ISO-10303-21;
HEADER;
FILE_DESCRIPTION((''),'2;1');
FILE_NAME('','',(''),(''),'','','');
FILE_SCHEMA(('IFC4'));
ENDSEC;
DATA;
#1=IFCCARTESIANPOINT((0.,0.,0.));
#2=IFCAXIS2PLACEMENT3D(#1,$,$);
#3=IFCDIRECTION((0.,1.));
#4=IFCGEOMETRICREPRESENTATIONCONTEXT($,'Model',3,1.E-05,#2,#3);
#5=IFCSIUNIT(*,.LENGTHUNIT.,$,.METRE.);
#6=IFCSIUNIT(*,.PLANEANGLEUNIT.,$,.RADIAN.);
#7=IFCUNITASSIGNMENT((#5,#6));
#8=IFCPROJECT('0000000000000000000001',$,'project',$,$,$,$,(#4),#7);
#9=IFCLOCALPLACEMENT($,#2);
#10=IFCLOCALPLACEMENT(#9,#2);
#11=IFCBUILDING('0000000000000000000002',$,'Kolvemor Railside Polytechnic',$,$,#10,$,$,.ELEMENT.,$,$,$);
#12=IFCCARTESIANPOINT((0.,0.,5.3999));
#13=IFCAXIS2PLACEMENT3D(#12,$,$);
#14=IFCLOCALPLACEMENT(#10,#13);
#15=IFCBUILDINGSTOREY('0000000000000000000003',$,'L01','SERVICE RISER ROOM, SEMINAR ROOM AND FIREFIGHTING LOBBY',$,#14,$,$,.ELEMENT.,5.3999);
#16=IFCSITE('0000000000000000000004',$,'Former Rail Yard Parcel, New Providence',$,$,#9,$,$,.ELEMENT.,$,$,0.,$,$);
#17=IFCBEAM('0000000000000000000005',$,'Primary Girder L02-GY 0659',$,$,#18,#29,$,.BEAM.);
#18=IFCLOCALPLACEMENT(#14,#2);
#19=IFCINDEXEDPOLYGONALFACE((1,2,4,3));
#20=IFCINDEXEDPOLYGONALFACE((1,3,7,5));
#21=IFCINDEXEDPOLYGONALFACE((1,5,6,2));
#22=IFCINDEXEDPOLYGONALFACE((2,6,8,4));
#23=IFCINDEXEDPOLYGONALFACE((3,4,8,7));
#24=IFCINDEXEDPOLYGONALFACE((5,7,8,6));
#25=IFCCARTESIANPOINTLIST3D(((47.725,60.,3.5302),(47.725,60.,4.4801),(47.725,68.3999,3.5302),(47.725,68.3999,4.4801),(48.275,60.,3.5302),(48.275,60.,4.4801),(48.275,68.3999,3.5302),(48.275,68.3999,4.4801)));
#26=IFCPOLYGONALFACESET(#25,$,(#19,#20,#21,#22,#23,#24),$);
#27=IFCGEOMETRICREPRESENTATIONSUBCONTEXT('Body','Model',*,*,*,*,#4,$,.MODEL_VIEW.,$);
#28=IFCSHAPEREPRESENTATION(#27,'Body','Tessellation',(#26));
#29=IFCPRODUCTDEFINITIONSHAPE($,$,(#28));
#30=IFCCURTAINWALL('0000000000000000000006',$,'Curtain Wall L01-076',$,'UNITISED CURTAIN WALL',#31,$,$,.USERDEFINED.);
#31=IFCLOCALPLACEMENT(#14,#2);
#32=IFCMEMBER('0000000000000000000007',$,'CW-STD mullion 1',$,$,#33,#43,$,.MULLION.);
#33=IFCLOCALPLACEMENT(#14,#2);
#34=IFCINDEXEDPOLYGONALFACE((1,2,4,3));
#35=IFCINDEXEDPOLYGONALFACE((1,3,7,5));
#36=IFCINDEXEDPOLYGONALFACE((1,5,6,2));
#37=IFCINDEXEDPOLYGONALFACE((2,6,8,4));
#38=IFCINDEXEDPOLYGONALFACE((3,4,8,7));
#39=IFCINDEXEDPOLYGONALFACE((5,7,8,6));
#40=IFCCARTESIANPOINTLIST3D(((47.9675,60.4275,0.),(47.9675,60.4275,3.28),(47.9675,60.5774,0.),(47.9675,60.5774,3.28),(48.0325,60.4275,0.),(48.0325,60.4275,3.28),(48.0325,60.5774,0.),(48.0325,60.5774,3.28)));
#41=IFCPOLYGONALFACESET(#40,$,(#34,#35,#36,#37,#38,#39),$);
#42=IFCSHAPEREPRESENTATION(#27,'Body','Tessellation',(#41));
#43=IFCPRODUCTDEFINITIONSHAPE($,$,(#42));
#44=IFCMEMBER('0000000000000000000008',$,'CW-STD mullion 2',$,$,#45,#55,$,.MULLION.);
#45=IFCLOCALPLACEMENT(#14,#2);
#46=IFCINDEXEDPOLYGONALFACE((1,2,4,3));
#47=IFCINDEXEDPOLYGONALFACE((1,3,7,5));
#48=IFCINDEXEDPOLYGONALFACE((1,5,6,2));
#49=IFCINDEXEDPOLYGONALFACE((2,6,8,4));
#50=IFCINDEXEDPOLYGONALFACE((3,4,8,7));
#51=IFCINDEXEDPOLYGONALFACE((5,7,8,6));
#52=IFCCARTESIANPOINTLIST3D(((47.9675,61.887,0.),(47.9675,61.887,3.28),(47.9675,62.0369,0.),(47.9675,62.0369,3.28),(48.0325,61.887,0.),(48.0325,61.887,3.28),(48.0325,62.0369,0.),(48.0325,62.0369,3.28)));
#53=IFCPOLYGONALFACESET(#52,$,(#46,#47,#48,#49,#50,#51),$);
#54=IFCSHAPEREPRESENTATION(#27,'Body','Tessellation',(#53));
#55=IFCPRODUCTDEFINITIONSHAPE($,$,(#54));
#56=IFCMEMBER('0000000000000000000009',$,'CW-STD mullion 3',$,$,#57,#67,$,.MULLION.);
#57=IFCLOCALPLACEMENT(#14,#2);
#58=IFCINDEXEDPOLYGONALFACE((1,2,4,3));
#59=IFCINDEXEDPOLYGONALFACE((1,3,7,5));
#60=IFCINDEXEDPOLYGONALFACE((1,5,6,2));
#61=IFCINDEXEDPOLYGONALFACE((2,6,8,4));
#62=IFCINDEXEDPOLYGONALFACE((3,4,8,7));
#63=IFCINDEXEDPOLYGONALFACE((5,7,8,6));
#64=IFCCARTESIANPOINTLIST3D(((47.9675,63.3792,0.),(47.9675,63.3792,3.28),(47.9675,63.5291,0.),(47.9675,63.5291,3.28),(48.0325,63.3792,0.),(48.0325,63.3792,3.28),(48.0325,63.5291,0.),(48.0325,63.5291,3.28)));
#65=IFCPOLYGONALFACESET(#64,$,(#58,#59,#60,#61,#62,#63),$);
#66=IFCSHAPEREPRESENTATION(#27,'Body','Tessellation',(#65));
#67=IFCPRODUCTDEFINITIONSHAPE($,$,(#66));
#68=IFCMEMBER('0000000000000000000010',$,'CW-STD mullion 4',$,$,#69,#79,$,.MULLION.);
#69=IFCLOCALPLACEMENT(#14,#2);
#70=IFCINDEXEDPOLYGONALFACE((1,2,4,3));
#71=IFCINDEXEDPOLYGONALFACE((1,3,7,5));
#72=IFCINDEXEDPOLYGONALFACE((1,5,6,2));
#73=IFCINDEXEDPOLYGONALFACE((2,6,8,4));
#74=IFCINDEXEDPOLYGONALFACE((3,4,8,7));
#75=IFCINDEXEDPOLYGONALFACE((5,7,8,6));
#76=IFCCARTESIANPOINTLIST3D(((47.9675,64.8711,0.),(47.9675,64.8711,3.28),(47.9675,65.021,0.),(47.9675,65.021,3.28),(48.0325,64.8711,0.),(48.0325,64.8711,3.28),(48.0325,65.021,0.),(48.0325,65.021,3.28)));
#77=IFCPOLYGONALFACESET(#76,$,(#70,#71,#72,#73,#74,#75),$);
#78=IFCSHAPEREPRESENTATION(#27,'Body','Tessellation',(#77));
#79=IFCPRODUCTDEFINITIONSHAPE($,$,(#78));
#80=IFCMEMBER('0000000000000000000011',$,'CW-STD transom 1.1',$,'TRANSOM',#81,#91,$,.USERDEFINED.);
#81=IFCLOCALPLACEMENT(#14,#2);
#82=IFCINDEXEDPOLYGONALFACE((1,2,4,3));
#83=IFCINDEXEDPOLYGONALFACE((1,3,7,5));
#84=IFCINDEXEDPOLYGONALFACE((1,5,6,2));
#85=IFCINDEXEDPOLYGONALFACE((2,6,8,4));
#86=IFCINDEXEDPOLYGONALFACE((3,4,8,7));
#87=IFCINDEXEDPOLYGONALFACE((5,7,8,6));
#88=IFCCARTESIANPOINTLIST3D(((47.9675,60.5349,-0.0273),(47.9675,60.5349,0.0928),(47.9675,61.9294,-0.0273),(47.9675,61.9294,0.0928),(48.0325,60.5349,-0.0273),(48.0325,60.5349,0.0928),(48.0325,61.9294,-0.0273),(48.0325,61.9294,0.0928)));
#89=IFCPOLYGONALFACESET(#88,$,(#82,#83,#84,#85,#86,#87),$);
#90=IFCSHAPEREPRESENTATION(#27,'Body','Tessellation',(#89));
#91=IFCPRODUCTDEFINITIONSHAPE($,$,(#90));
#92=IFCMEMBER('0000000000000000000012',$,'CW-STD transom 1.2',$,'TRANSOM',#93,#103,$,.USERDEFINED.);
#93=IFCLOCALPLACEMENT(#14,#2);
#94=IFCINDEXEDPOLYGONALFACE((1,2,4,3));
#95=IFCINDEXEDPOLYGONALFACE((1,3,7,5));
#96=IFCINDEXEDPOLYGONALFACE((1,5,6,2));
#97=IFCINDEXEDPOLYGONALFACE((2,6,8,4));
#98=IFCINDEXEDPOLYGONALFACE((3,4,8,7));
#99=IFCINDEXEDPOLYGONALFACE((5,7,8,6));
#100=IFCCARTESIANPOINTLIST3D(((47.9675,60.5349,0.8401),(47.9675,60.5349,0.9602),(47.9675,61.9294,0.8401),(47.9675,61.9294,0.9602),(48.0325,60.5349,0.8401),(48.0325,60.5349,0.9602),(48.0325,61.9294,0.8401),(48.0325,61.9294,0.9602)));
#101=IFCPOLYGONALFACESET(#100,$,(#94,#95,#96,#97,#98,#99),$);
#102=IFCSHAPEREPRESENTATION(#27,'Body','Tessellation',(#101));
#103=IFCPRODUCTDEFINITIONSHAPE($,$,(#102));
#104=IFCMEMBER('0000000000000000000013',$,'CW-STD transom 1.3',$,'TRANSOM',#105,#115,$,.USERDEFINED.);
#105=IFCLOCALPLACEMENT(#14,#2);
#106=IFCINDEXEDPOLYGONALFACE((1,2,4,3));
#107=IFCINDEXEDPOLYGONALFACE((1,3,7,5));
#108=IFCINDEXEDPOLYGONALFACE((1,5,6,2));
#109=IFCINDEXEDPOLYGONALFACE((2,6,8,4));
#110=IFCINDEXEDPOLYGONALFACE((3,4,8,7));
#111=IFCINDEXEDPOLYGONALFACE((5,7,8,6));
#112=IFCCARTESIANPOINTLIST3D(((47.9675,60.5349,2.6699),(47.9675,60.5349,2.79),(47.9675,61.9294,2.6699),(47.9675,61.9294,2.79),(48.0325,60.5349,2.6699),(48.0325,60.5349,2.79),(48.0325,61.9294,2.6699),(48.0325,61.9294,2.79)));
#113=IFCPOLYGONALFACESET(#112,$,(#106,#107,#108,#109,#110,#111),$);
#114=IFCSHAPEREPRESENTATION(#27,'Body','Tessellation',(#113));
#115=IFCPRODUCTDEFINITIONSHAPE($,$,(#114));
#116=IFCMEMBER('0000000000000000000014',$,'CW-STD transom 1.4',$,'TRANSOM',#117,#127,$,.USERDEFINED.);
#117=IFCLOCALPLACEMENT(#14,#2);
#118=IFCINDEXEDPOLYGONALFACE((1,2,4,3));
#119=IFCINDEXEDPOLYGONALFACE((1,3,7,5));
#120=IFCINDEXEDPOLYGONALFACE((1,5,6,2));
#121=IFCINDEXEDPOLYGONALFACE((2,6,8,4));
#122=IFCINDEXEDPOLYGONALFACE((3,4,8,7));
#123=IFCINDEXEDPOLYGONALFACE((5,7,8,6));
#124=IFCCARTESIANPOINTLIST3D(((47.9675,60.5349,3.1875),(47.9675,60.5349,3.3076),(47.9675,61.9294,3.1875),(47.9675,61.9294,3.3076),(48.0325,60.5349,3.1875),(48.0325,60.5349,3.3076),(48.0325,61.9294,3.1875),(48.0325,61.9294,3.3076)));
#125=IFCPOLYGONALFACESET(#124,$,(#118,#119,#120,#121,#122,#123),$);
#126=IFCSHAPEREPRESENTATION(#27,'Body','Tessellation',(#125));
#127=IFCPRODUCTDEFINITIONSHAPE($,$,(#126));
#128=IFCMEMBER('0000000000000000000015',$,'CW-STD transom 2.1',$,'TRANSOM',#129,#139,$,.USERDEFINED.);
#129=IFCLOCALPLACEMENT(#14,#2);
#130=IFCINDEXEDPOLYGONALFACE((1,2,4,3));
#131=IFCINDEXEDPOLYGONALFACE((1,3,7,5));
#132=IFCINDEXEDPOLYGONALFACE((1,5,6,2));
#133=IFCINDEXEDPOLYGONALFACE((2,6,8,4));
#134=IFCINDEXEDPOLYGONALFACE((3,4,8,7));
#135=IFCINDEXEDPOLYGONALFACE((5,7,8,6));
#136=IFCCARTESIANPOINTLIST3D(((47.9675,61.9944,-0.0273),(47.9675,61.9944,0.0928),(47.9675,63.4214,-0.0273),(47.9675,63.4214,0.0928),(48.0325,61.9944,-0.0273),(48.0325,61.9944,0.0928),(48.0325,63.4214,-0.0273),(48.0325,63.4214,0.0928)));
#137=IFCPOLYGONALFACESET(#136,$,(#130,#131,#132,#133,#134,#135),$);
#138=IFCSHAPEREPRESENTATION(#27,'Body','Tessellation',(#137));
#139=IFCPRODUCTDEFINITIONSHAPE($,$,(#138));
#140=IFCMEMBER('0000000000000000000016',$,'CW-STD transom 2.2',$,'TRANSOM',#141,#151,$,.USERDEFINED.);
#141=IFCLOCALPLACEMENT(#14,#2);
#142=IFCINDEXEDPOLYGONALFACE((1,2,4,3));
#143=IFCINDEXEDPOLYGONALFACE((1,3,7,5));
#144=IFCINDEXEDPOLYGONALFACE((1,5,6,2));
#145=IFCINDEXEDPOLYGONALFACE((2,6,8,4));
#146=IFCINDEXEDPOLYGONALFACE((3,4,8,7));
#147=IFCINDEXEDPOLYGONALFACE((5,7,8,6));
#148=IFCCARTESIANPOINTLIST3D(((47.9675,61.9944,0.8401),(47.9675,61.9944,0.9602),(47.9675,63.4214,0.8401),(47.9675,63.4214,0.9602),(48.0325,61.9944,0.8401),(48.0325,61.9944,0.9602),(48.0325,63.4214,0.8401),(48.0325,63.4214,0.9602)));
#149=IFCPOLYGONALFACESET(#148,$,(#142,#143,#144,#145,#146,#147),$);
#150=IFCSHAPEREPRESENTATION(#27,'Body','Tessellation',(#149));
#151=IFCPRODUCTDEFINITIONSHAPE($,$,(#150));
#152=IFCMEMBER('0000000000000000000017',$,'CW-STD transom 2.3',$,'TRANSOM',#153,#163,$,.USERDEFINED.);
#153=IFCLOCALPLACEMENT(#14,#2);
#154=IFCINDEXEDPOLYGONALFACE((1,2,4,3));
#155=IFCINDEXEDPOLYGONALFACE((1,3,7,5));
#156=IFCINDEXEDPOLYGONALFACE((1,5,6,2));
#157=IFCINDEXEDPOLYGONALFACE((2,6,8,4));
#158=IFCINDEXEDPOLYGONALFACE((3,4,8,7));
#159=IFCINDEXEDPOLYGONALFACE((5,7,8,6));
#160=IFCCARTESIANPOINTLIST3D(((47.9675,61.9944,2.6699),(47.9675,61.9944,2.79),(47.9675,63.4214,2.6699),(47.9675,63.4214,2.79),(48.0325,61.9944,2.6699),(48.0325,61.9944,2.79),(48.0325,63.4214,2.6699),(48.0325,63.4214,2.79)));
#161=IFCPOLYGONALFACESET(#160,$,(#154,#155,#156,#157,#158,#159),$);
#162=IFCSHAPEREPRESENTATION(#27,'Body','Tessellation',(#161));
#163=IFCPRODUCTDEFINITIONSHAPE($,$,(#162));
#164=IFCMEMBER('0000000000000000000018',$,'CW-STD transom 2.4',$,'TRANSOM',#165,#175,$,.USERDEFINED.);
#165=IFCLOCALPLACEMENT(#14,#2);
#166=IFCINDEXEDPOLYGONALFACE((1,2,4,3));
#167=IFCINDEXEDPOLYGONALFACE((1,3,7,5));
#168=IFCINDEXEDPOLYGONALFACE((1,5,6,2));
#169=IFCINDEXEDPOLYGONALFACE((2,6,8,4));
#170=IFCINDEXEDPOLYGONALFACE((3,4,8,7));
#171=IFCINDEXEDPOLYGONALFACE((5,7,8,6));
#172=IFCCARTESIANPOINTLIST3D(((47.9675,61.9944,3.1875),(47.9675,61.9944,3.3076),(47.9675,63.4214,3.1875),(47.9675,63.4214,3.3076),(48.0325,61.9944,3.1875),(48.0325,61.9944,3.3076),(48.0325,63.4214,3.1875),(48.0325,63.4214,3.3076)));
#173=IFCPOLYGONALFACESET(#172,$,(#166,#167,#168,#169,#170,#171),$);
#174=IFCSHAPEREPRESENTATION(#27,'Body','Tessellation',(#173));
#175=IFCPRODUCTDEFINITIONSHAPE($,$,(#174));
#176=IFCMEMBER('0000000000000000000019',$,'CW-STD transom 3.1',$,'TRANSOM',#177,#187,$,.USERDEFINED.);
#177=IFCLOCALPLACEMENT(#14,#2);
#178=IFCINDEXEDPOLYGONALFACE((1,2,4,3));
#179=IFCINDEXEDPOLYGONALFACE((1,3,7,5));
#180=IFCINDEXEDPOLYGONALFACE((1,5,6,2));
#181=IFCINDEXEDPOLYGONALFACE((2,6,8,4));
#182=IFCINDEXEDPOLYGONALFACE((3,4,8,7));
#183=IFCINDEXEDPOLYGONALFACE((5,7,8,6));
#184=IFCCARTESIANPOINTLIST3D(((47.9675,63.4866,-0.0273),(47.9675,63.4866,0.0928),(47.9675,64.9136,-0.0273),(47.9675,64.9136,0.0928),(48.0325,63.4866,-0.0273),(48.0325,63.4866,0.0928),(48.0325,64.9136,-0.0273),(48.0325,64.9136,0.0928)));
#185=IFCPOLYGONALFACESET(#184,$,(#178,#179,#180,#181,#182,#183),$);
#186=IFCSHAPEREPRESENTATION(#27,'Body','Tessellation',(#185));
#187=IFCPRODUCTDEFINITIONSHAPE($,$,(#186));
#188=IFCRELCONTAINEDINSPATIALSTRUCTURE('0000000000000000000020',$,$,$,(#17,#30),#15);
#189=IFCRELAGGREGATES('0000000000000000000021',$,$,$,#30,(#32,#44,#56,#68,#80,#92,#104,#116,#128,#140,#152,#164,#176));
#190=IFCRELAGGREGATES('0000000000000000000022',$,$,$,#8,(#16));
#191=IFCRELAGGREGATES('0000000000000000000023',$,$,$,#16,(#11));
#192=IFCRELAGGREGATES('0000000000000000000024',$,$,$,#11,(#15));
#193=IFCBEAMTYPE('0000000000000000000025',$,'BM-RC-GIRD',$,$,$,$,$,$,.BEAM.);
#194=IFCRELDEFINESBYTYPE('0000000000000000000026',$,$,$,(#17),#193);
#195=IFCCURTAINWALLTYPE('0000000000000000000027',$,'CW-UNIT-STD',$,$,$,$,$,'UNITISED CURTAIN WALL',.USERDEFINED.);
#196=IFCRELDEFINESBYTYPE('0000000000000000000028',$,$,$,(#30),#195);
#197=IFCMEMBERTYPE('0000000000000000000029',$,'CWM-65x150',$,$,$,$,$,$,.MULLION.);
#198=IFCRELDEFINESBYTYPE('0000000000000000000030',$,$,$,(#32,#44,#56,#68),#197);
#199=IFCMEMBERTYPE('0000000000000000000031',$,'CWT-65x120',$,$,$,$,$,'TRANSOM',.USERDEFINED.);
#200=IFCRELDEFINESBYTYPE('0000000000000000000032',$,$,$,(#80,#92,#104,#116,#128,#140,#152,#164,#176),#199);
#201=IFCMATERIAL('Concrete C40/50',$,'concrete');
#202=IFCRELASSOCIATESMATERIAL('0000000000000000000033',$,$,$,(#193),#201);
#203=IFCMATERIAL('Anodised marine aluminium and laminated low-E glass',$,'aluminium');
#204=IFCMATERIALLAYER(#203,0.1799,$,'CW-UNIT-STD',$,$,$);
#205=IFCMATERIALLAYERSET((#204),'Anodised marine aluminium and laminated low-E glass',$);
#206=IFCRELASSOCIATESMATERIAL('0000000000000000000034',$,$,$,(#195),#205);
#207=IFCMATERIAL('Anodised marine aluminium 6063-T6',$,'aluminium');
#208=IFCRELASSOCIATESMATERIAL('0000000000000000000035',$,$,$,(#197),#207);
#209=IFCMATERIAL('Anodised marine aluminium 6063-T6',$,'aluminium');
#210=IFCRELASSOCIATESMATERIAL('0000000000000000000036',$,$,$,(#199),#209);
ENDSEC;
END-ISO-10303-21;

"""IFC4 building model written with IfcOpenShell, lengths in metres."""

from ifc_helpers import new_model, si_unit, direction, frame, origin, origin_2d, place, context, subcontext, project, spatial, rectangle, extrude, material, layer, layer_set, material_profile, profile_set, type_object, element, aggregate, save


model = new_model("IFC4")

# Units and contexts
model_context = context("Model", 3, precision=1e-05, world=origin(), true_north=direction((0.0, 1.0)))
body_context = subcontext(model_context, "Body", "Model", "MODEL_VIEW")
ifc_project = project(units=[si_unit("LENGTHUNIT", "METRE"), si_unit("PLANEANGLEUNIT", "RADIAN")], contexts=[model_context])

# Site, building, storey
site_placement = place(None, origin())
site = spatial("IfcSite", under=ifc_project, at=site_placement, Name="Former Rail Yard Parcel, New Providence", CompositionType="ELEMENT", RefElevation=0.0)
building_placement = place(site_placement, origin())
building = spatial("IfcBuilding", under=site, at=building_placement, Name="Kolvemor Railside Polytechnic", CompositionType="ELEMENT")
storey_placement = place(building_placement, frame((0.0, 0.0, 5.3999)))
storey = spatial("IfcBuildingStorey", under=building, at=storey_placement, Name="L01", Description="SERVICE RISER ROOM, SEMINAR ROOM AND FIREFIGHTING LOBBY", CompositionType="ELEMENT", Elevation=5.3999)

# Beam
ifc_material_1 = material(Name="Concrete C40/50", Category="concrete")
ifc_material_profile_1 = material_profile(ifc_material_1, rectangle(XDim=0.55, YDim=0.95, at=origin_2d()), Name="RC550x950")
ifc_profile_set_1 = profile_set([ifc_material_profile_1], Name="Concrete C40/50")
beam_type = type_object("IfcBeamType", Name="BM-RC-GIRD", PredefinedType="BEAM", material=ifc_profile_set_1)
beam_placement = place(storey_placement, frame((48.0, 60.0, 4.0051), z_axis=(0.0, 1.0, 0.0), x_axis=(-1.0, 0.0, 0.0)))
element("IfcBeam", 1, at=beam_placement, inside=storey, type_object=beam_type, Name="Primary Girder L02-GY 0659", PredefinedType="BEAM", context=body_context, shape_type="SweptSolid", body=[
    extrude(rectangle(XDim=0.55, YDim=0.95, at=origin_2d()), origin(), (0.0, 0.0, 1.0), 8.3999),
])

# Curtain wall, members
ifc_material_2 = material(Name="Anodised marine aluminium and laminated low-E glass", Category="aluminium")
ifc_layer_1 = layer(ifc_material_2, 0.1799, Name="CW-UNIT-STD")
ifc_layer_set_1 = layer_set([ifc_layer_1], Name="Anodised marine aluminium and laminated low-E glass")
curtain_wall_type = type_object("IfcCurtainWallType", Name="CW-UNIT-STD", ElementType="UNITISED CURTAIN WALL", PredefinedType="USERDEFINED", material=ifc_layer_set_1)
curtain_wall_placement = place(storey_placement, origin())
curtain_wall = element("IfcCurtainWall", 2, at=curtain_wall_placement, inside=storey, type_object=curtain_wall_type, Name="Curtain Wall L01-076", ObjectType="UNITISED CURTAIN WALL", PredefinedType="USERDEFINED")
ifc_material_3 = material(Name="Anodised marine aluminium 6063-T6", Category="aluminium")
ifc_material_profile_2 = material_profile(ifc_material_3, rectangle(XDim=0.0649, YDim=0.1499, at=origin_2d()), Name="CW-MUL-65x150")
ifc_profile_set_2 = profile_set([ifc_material_profile_2], Name="Anodised marine aluminium 6063-T6")
member_type_1 = type_object("IfcMemberType", Name="CWM-65x150", PredefinedType="MULLION", material=ifc_profile_set_2)
member_1_placement = place(storey_placement, frame((48.0, 60.5024, 0.0), z_axis=(0.0, 0.0, 1.0), x_axis=(-1.0, 0.0, 0.0)))
member_1 = element("IfcMember", 3, at=member_1_placement, type_object=member_type_1, Name="CW-STD mullion 1", PredefinedType="MULLION", context=body_context, shape_type="SweptSolid", body=[
    extrude(rectangle(XDim=0.0649, YDim=0.1499, at=origin_2d()), origin(), (0.0, 0.0, 1.0), 3.28),
])
member_2_placement = place(storey_placement, frame((48.0, 61.9619, 0.0), z_axis=(0.0, 0.0, 1.0), x_axis=(-1.0, 0.0, 0.0)))
member_2 = element("IfcMember", 4, at=member_2_placement, type_object=member_type_1, Name="CW-STD mullion 2", PredefinedType="MULLION", context=body_context, shape_type="SweptSolid", body=[
    extrude(rectangle(XDim=0.0649, YDim=0.1499, at=origin_2d()), origin(), (0.0, 0.0, 1.0), 3.28),
])
member_3_placement = place(storey_placement, frame((48.0, 63.4541, 0.0), z_axis=(0.0, 0.0, 1.0), x_axis=(-1.0, 0.0, 0.0)))
member_3 = element("IfcMember", 5, at=member_3_placement, type_object=member_type_1, Name="CW-STD mullion 3", PredefinedType="MULLION", context=body_context, shape_type="SweptSolid", body=[
    extrude(rectangle(XDim=0.0649, YDim=0.1499, at=origin_2d()), origin(), (0.0, 0.0, 1.0), 3.28),
])
member_4_placement = place(storey_placement, frame((48.0, 64.946, 0.0), z_axis=(0.0, 0.0, 1.0), x_axis=(-1.0, 0.0, 0.0)))
member_4 = element("IfcMember", 6, at=member_4_placement, type_object=member_type_1, Name="CW-STD mullion 4", PredefinedType="MULLION", context=body_context, shape_type="SweptSolid", body=[
    extrude(rectangle(XDim=0.0649, YDim=0.1499, at=origin_2d()), origin(), (0.0, 0.0, 1.0), 3.28),
])
ifc_material_4 = material(Name="Anodised marine aluminium 6063-T6", Category="aluminium")
ifc_material_profile_3 = material_profile(ifc_material_4, rectangle(XDim=0.0649, YDim=0.1201, at=origin_2d()), Name="CW-TRN-65x120")
ifc_profile_set_3 = profile_set([ifc_material_profile_3], Name="Anodised marine aluminium 6063-T6")
member_type_2 = type_object("IfcMemberType", Name="CWT-65x120", ElementType="TRANSOM", PredefinedType="USERDEFINED", material=ifc_profile_set_3)
member_5_placement = place(storey_placement, frame((48.0, 60.5349, 0.0327), z_axis=(0.0, 1.0, 0.0), x_axis=(-1.0, 0.0, 0.0)))
member_5 = element("IfcMember", 7, at=member_5_placement, type_object=member_type_2, Name="CW-STD transom 1.1", ObjectType="TRANSOM", PredefinedType="USERDEFINED", context=body_context, shape_type="SweptSolid", body=[
    extrude(rectangle(XDim=0.0649, YDim=0.1201, at=origin_2d()), origin(), (0.0, 0.0, 1.0), 1.3945),
])
member_6_placement = place(storey_placement, frame((48.0, 60.5349, 0.9001), z_axis=(0.0, 1.0, 0.0), x_axis=(-1.0, 0.0, 0.0)))
member_6 = element("IfcMember", 8, at=member_6_placement, type_object=member_type_2, Name="CW-STD transom 1.2", ObjectType="TRANSOM", PredefinedType="USERDEFINED", context=body_context, shape_type="SweptSolid", body=[
    extrude(rectangle(XDim=0.0649, YDim=0.1201, at=origin_2d()), origin(), (0.0, 0.0, 1.0), 1.3945),
])
member_7_placement = place(storey_placement, frame((48.0, 60.5349, 2.73), z_axis=(0.0, 1.0, 0.0), x_axis=(-1.0, 0.0, 0.0)))
member_7 = element("IfcMember", 9, at=member_7_placement, type_object=member_type_2, Name="CW-STD transom 1.3", ObjectType="TRANSOM", PredefinedType="USERDEFINED", context=body_context, shape_type="SweptSolid", body=[
    extrude(rectangle(XDim=0.0649, YDim=0.1201, at=origin_2d()), origin(), (0.0, 0.0, 1.0), 1.3945),
])
member_8_placement = place(storey_placement, frame((48.0, 60.5349, 3.2476), z_axis=(0.0, 1.0, 0.0), x_axis=(-1.0, 0.0, 0.0)))
member_8 = element("IfcMember", 10, at=member_8_placement, type_object=member_type_2, Name="CW-STD transom 1.4", ObjectType="TRANSOM", PredefinedType="USERDEFINED", context=body_context, shape_type="SweptSolid", body=[
    extrude(rectangle(XDim=0.0649, YDim=0.1201, at=origin_2d()), origin(), (0.0, 0.0, 1.0), 1.3945),
])
member_9_placement = place(storey_placement, frame((48.0, 61.9944, 0.0327), z_axis=(0.0, 1.0, 0.0), x_axis=(-1.0, 0.0, 0.0)))
member_9 = element("IfcMember", 11, at=member_9_placement, type_object=member_type_2, Name="CW-STD transom 2.1", ObjectType="TRANSOM", PredefinedType="USERDEFINED", context=body_context, shape_type="SweptSolid", body=[
    extrude(rectangle(XDim=0.0649, YDim=0.1201, at=origin_2d()), origin(), (0.0, 0.0, 1.0), 1.427),
])
member_10_placement = place(storey_placement, frame((48.0, 61.9944, 0.9001), z_axis=(0.0, 1.0, 0.0), x_axis=(-1.0, 0.0, 0.0)))
member_10 = element("IfcMember", 12, at=member_10_placement, type_object=member_type_2, Name="CW-STD transom 2.2", ObjectType="TRANSOM", PredefinedType="USERDEFINED", context=body_context, shape_type="SweptSolid", body=[
    extrude(rectangle(XDim=0.0649, YDim=0.1201, at=origin_2d()), origin(), (0.0, 0.0, 1.0), 1.427),
])
member_11_placement = place(storey_placement, frame((48.0, 61.9944, 2.73), z_axis=(0.0, 1.0, 0.0), x_axis=(-1.0, 0.0, 0.0)))
member_11 = element("IfcMember", 13, at=member_11_placement, type_object=member_type_2, Name="CW-STD transom 2.3", ObjectType="TRANSOM", PredefinedType="USERDEFINED", context=body_context, shape_type="SweptSolid", body=[
    extrude(rectangle(XDim=0.0649, YDim=0.1201, at=origin_2d()), origin(), (0.0, 0.0, 1.0), 1.427),
])
member_12_placement = place(storey_placement, frame((48.0, 61.9944, 3.2476), z_axis=(0.0, 1.0, 0.0), x_axis=(-1.0, 0.0, 0.0)))
member_12 = element("IfcMember", 14, at=member_12_placement, type_object=member_type_2, Name="CW-STD transom 2.4", ObjectType="TRANSOM", PredefinedType="USERDEFINED", context=body_context, shape_type="SweptSolid", body=[
    extrude(rectangle(XDim=0.0649, YDim=0.1201, at=origin_2d()), origin(), (0.0, 0.0, 1.0), 1.427),
])
member_13_placement = place(storey_placement, frame((48.0, 63.4866, 0.0327), z_axis=(0.0, 1.0, 0.0), x_axis=(-1.0, 0.0, 0.0)))
member_13 = element("IfcMember", 15, at=member_13_placement, type_object=member_type_2, Name="CW-STD transom 3.1", ObjectType="TRANSOM", PredefinedType="USERDEFINED", context=body_context, shape_type="SweptSolid", body=[
    extrude(rectangle(XDim=0.0649, YDim=0.1201, at=origin_2d()), origin(), (0.0, 0.0, 1.0), 1.427),
])
aggregate(curtain_wall, [member_1, member_2, member_3, member_4, member_5, member_6, member_7, member_8, member_9, member_10, member_11, member_12, member_13])

save(model, "model.ifc")
